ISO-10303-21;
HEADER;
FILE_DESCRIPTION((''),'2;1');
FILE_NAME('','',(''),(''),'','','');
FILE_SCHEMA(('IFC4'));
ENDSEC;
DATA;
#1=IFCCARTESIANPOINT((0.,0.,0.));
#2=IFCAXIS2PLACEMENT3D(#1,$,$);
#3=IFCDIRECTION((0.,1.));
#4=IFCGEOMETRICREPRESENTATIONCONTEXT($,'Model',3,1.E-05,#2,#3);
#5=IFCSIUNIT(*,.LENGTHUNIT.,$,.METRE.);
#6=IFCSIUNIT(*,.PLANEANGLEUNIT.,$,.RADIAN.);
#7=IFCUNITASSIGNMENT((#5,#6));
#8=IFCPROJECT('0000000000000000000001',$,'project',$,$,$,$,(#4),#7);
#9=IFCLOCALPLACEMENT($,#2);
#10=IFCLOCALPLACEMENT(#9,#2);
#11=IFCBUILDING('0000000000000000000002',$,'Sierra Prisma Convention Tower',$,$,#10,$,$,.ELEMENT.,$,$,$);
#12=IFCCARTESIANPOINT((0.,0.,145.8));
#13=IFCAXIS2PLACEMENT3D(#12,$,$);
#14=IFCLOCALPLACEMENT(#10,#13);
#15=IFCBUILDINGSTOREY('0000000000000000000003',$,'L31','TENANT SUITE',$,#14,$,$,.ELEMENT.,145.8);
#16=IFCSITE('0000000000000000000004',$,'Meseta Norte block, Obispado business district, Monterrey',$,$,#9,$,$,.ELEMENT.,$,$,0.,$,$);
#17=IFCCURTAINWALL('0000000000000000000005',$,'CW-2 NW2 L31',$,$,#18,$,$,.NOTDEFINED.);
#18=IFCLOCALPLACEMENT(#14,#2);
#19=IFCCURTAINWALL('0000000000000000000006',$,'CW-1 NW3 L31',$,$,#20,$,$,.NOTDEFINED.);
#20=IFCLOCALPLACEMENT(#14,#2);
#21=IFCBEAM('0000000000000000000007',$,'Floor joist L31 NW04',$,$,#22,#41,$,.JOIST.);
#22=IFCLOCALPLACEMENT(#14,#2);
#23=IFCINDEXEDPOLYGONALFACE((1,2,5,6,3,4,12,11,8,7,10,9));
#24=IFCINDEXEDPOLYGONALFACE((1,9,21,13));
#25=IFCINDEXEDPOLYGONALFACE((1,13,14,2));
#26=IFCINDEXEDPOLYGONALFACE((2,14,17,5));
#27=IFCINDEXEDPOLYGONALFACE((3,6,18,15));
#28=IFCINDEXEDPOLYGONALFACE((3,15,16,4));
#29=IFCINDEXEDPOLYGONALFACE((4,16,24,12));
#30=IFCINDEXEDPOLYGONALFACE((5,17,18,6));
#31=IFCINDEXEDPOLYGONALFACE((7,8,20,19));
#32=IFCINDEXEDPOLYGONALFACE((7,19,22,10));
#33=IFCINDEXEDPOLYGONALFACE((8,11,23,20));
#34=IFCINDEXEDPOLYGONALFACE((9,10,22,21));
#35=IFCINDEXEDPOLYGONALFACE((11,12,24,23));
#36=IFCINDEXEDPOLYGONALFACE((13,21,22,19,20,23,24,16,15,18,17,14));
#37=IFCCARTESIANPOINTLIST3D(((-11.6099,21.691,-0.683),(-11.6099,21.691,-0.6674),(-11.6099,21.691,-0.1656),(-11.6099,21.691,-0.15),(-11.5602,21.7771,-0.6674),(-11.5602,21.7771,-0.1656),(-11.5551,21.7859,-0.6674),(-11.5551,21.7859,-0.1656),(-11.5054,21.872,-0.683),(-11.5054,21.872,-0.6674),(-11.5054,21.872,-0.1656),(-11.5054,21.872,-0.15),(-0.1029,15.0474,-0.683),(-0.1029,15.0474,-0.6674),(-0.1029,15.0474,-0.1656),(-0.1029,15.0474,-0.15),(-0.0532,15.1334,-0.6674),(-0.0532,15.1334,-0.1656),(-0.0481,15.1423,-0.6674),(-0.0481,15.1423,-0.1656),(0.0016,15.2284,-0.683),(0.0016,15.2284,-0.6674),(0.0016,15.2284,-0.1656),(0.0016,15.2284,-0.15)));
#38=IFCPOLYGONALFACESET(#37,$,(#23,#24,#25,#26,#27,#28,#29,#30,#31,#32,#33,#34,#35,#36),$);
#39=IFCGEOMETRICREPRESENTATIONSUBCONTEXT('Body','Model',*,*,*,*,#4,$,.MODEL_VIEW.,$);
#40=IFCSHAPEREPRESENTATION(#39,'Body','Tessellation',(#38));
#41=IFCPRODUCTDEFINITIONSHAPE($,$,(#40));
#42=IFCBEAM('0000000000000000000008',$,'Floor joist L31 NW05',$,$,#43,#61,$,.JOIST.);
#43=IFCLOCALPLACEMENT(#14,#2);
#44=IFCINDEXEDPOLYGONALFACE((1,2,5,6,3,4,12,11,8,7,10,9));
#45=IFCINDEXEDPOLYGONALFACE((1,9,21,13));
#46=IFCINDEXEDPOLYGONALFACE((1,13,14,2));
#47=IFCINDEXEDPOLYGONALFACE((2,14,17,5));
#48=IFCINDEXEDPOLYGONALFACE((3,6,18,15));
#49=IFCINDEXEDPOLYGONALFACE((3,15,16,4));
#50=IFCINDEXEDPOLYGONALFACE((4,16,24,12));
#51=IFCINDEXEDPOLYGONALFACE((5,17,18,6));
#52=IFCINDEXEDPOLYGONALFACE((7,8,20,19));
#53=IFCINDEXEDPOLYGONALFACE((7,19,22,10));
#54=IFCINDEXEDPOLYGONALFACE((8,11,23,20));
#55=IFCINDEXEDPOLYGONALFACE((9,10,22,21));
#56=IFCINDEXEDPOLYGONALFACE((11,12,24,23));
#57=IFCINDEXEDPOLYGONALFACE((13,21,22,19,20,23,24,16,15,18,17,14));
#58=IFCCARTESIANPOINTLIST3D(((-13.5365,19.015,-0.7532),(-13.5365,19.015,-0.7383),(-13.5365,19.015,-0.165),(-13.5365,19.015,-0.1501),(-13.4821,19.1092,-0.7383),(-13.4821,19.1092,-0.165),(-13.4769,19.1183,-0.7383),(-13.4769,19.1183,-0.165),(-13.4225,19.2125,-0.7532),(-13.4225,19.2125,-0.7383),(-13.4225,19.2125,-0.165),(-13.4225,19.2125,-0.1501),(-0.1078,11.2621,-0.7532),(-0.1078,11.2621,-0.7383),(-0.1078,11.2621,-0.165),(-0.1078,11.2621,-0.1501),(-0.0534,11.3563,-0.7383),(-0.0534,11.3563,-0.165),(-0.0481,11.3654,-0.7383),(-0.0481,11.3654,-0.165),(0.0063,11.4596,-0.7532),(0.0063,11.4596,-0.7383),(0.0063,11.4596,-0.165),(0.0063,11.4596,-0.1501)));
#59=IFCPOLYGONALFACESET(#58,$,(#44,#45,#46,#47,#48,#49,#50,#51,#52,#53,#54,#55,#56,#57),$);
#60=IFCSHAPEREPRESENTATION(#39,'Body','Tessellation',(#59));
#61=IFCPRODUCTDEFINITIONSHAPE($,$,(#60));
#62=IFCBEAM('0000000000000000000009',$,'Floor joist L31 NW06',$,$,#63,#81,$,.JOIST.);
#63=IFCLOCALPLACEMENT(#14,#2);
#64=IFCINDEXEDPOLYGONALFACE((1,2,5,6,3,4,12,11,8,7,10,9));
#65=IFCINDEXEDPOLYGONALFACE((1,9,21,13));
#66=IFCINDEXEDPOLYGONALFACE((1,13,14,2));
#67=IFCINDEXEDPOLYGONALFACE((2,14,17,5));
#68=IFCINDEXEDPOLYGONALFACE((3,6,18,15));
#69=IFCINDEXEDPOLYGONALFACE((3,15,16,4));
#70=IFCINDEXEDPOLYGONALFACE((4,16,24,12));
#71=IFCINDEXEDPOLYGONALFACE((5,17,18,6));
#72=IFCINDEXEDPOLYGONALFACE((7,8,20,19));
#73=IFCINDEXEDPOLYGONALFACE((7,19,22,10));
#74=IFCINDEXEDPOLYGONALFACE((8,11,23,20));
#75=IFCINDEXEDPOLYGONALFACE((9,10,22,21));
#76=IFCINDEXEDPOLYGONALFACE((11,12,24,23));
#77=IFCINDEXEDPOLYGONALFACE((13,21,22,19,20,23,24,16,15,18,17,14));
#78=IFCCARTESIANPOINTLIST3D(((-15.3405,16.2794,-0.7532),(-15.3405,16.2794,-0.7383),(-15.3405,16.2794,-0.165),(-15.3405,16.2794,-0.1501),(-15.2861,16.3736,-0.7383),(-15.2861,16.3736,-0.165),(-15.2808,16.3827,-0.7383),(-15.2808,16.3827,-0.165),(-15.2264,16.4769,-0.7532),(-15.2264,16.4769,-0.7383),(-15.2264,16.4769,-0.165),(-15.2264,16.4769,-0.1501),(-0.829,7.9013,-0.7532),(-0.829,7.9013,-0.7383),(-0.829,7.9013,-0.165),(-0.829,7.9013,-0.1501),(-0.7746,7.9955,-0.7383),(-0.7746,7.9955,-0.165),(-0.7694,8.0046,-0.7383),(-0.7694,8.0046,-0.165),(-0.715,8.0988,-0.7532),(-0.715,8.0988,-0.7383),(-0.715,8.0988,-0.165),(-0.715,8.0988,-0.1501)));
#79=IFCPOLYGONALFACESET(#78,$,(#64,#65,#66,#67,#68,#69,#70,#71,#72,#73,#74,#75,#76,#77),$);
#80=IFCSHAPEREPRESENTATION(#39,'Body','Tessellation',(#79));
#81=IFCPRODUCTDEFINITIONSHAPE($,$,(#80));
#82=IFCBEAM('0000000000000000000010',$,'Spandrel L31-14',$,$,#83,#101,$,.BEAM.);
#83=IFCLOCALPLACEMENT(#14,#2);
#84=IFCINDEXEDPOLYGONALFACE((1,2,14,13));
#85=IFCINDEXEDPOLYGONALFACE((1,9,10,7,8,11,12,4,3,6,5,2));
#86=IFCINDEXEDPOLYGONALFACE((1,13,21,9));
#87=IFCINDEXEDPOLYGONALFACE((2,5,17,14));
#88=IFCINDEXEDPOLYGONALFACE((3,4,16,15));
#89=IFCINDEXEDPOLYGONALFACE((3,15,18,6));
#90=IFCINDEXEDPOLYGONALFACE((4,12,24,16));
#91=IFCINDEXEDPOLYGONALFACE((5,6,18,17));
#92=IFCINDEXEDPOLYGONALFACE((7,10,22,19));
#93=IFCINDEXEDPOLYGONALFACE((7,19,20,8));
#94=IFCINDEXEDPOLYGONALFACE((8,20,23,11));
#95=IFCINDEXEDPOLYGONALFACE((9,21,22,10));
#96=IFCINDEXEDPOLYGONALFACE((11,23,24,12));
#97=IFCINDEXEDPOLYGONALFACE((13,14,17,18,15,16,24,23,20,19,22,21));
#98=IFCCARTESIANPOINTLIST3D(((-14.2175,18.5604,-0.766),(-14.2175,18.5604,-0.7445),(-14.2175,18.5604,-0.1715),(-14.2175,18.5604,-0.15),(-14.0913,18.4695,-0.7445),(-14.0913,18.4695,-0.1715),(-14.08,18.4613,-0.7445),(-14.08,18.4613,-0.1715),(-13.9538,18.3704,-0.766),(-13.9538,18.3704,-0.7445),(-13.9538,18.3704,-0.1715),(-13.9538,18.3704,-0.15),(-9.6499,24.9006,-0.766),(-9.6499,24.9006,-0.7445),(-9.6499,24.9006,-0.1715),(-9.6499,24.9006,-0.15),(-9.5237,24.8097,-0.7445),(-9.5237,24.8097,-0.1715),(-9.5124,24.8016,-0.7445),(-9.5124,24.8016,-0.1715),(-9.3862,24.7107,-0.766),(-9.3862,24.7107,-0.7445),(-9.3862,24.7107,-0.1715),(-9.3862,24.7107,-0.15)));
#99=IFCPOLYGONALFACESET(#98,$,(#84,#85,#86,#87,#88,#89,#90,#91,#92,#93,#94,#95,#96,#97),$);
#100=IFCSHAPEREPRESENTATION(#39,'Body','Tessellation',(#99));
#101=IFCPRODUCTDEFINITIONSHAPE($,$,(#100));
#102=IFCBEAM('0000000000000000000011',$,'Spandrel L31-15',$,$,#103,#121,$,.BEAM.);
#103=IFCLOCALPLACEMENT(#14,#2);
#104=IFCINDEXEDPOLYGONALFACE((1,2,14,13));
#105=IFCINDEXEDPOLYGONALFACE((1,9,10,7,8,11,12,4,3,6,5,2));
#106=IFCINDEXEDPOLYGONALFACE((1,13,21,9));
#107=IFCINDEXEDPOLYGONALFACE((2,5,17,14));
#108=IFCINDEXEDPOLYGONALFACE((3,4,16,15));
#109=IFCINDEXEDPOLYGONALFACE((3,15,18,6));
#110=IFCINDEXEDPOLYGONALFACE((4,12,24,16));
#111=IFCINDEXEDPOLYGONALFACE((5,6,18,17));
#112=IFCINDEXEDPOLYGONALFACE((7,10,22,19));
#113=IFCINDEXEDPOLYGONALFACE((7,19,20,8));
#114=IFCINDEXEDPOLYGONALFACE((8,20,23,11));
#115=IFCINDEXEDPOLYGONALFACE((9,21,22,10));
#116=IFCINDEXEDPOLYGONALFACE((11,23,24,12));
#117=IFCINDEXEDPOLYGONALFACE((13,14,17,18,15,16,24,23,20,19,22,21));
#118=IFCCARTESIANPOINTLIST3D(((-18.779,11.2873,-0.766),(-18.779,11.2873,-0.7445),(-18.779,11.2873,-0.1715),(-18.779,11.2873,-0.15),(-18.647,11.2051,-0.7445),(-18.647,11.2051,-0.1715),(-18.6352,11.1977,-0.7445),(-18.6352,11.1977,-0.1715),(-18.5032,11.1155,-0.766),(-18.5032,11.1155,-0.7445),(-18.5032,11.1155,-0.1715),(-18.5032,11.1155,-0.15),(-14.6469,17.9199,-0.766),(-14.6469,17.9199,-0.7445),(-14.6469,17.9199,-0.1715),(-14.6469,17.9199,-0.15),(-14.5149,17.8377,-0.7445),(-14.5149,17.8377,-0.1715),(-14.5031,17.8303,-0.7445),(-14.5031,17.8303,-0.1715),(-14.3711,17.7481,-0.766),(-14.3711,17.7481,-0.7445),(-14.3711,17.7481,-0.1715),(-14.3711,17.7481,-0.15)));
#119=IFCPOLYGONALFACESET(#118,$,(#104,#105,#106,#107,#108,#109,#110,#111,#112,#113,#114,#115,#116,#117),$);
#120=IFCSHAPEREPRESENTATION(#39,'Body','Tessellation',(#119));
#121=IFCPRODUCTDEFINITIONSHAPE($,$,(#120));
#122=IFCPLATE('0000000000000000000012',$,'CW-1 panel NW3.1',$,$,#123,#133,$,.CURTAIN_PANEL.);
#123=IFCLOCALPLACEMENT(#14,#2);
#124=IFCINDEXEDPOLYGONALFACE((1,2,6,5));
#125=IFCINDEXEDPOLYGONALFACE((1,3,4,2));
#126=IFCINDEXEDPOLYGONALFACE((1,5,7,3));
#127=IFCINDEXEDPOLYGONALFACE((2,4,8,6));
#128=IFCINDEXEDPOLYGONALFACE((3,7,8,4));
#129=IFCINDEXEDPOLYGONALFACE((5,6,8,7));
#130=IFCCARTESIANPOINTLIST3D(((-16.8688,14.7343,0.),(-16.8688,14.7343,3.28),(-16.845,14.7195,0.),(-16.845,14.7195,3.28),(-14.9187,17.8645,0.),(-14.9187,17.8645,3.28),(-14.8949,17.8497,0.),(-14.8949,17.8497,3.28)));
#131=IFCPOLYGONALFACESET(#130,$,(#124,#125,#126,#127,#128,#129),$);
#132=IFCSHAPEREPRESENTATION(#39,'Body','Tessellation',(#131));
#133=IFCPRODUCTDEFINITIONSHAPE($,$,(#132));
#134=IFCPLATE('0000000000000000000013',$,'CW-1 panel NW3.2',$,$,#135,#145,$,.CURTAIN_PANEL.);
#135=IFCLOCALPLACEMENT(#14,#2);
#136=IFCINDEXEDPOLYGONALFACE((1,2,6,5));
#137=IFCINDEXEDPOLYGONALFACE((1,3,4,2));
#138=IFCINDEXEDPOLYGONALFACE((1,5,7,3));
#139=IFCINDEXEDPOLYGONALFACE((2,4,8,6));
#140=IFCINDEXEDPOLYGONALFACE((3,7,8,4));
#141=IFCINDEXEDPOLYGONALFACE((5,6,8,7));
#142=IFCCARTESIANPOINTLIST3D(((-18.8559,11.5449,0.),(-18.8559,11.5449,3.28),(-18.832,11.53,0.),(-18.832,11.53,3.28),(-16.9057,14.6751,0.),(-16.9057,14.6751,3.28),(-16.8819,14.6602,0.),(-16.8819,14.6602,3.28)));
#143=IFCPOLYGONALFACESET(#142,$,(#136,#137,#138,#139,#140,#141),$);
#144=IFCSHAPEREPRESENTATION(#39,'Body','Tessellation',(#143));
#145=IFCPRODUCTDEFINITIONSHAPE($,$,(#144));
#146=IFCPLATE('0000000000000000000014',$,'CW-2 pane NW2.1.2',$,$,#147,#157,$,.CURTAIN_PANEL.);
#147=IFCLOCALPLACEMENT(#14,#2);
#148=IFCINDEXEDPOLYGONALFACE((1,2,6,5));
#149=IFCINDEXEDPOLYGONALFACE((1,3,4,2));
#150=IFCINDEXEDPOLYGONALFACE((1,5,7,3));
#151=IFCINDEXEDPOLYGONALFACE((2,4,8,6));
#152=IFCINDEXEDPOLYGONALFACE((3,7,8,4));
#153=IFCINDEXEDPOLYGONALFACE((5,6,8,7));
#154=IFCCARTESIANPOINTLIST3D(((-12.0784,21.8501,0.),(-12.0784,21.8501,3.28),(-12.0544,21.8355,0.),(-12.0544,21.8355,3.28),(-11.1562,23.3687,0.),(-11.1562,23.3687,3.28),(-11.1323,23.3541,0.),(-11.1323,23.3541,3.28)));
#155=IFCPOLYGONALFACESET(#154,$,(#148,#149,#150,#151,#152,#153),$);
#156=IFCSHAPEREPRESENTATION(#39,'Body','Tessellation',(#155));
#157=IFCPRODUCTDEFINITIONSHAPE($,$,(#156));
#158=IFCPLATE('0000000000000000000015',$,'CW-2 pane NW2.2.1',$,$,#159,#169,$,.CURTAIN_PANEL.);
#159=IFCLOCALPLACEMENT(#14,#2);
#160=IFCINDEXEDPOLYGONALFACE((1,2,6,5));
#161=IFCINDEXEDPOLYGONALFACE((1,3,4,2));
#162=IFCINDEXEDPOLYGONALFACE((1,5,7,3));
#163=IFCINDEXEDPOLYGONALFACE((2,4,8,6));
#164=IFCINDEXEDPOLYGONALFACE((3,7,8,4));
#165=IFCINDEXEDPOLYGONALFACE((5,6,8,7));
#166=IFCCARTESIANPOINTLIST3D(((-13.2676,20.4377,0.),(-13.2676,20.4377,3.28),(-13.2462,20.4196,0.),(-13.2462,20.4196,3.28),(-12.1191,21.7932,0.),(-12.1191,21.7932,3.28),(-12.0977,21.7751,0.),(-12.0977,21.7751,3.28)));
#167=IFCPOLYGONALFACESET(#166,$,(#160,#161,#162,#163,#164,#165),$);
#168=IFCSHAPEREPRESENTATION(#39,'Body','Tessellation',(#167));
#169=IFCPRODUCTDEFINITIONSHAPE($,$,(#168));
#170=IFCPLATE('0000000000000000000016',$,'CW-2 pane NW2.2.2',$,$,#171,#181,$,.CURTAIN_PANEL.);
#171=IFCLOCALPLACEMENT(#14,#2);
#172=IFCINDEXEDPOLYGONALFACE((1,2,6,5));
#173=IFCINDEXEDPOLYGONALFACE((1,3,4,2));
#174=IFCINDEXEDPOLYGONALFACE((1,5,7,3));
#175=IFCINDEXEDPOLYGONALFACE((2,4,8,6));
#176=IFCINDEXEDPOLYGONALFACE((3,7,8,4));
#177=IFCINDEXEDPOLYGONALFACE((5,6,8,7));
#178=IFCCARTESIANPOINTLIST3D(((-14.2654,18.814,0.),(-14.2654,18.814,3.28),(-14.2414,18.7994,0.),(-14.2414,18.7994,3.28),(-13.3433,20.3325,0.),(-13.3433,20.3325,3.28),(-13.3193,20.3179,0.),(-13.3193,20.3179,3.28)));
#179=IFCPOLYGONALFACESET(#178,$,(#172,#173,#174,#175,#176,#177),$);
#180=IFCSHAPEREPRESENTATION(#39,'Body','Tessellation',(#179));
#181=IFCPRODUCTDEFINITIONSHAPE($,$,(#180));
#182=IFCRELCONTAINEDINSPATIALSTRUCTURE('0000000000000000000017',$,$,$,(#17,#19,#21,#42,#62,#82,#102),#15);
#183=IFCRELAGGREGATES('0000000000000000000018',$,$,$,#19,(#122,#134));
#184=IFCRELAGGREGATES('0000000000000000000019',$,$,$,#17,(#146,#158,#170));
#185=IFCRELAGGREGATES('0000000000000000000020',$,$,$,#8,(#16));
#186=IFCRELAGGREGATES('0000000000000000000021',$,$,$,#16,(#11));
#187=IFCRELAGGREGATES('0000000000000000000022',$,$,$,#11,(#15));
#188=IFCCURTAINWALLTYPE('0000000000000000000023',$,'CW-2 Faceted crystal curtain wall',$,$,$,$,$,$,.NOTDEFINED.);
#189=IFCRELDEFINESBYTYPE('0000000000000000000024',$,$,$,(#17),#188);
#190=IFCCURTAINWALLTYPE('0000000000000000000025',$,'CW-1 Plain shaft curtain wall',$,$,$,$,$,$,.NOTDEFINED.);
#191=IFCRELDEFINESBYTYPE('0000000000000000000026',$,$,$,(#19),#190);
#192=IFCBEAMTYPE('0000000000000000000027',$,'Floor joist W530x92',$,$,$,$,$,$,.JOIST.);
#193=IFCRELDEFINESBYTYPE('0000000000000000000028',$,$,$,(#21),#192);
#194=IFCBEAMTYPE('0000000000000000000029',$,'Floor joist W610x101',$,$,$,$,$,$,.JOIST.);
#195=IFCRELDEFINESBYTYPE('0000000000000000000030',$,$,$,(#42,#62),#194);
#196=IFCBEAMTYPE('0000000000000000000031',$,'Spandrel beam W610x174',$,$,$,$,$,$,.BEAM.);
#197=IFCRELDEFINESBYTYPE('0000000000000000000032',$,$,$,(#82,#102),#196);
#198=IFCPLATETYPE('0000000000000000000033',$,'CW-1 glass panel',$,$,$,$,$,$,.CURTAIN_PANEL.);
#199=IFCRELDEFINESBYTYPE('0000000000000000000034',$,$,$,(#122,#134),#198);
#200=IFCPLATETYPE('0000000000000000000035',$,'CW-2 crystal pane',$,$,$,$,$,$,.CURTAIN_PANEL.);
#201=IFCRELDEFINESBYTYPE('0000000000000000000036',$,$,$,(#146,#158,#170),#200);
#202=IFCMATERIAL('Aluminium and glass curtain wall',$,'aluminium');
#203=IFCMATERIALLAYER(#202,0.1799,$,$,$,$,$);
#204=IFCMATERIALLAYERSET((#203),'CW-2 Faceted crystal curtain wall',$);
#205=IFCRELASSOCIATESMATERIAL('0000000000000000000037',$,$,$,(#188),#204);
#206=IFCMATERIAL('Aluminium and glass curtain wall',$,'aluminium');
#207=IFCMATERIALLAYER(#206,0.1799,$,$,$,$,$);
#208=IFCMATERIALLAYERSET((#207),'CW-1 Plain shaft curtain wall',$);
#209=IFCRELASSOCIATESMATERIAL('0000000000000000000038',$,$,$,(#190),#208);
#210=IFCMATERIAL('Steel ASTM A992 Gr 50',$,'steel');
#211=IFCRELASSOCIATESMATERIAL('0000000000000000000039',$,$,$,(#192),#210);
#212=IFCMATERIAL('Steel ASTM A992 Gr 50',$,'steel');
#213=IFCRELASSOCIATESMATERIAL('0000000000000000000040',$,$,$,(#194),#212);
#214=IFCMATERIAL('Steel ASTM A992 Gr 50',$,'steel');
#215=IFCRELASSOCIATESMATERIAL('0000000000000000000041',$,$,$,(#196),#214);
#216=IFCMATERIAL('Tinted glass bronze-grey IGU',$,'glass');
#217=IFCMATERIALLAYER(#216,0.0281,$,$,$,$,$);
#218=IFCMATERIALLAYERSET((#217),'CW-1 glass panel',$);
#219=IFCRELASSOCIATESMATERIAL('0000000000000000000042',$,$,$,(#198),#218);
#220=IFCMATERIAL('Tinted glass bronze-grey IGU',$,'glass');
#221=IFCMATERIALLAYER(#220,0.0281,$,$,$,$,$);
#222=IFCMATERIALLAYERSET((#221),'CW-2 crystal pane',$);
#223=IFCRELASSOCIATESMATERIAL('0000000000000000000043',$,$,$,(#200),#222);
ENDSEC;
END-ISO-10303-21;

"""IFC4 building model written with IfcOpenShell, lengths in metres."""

from ifc_helpers import new_model, si_unit, direction, frame, origin, origin_2d, place, context, subcontext, project, spatial, polyline, rectangle, i_section, outline, extrude, material, layer, layer_set, material_profile, profile_set, type_object, element, aggregate, save


model = new_model("IFC4")

# Units and contexts
model_context = context("Model", 3, precision=1e-05, world=origin(), true_north=direction((0.0, 1.0)))
body_context = subcontext(model_context, "Body", "Model", "MODEL_VIEW")
ifc_project = project(units=[si_unit("LENGTHUNIT", "METRE"), si_unit("PLANEANGLEUNIT", "RADIAN")], contexts=[model_context])

# Site, building, storey
site_placement = place(None, origin())
site = spatial("IfcSite", under=ifc_project, at=site_placement, Name="Meseta Norte block, Obispado business district, Monterrey", CompositionType="ELEMENT", RefElevation=0.0)
building_placement = place(site_placement, origin())
building = spatial("IfcBuilding", under=site, at=building_placement, Name="Sierra Prisma Convention Tower", CompositionType="ELEMENT")
storey_placement = place(building_placement, frame((0.0, 0.0, 145.8)))
storey = spatial("IfcBuildingStorey", under=building, at=storey_placement, Name="L31", Description="TENANT SUITE", CompositionType="ELEMENT", Elevation=145.8)

# Curtain walls
ifc_material_1 = material(Name="Aluminium and glass curtain wall", Category="aluminium")
ifc_layer_1 = layer(ifc_material_1, 0.1799)
ifc_layer_set_1 = layer_set([ifc_layer_1], Name="CW-2 Faceted crystal curtain wall")
curtain_wall_type_1 = type_object("IfcCurtainWallType", Name="CW-2 Faceted crystal curtain wall", PredefinedType="NOTDEFINED", material=ifc_layer_set_1)
curtain_wall_1_placement = place(storey_placement, origin())
curtain_wall_1 = element("IfcCurtainWall", 1, at=curtain_wall_1_placement, inside=storey, type_object=curtain_wall_type_1, Name="CW-2 NW2 L31", PredefinedType="NOTDEFINED")
ifc_material_2 = material(Name="Aluminium and glass curtain wall", Category="aluminium")
ifc_layer_2 = layer(ifc_material_2, 0.1799)
ifc_layer_set_2 = layer_set([ifc_layer_2], Name="CW-1 Plain shaft curtain wall")
curtain_wall_type_2 = type_object("IfcCurtainWallType", Name="CW-1 Plain shaft curtain wall", PredefinedType="NOTDEFINED", material=ifc_layer_set_2)
curtain_wall_2_placement = place(storey_placement, origin())
curtain_wall_2 = element("IfcCurtainWall", 2, at=curtain_wall_2_placement, inside=storey, type_object=curtain_wall_type_2, Name="CW-1 NW3 L31", PredefinedType="NOTDEFINED")

# Beams
ifc_material_3 = material(Name="Steel ASTM A992 Gr 50", Category="steel")
ifc_material_profile_1 = material_profile(ifc_material_3, i_section(OverallWidth=0.209, OverallDepth=0.533, WebThickness=0.0103, FlangeThickness=0.0156, at=origin_2d()), Name="W530x92")
ifc_profile_set_1 = profile_set([ifc_material_profile_1], Name="Steel ASTM A992 Gr 50")
beam_type_1 = type_object("IfcBeamType", Name="Floor joist W530x92", PredefinedType="JOIST", material=ifc_profile_set_1)
beam_1_placement = place(storey_placement, frame((-11.5576, 21.7815, -0.4165), z_axis=(0.866023, -0.500005, 0.0), x_axis=(0.500005, 0.866023, 0.0)))
element("IfcBeam", 3, at=beam_1_placement, inside=storey, type_object=beam_type_1, Name="Floor joist L31 NW04", PredefinedType="JOIST", context=body_context, shape_type="SweptSolid", body=[
    extrude(i_section(OverallWidth=0.209, OverallDepth=0.533, WebThickness=0.0103, FlangeThickness=0.0156, at=origin_2d()), origin(), (0.0, 0.0, 1.0), 13.2871),
])
ifc_material_4 = material(Name="Steel ASTM A992 Gr 50", Category="steel")
ifc_material_profile_2 = material_profile(ifc_material_4, i_section(OverallWidth=0.228, OverallDepth=0.603, WebThickness=0.0105, FlangeThickness=0.0149, at=origin_2d()), Name="W610x101")
ifc_profile_set_2 = profile_set([ifc_material_profile_2], Name="Steel ASTM A992 Gr 50")
beam_type_2 = type_object("IfcBeamType", Name="Floor joist W610x101", PredefinedType="JOIST", material=ifc_profile_set_2)
beam_2_placement = place(storey_placement, frame((-13.4795, 19.1138, -0.4517), z_axis=(0.866029, -0.499993, 0.0), x_axis=(0.499993, 0.866029, 0.0)))
element("IfcBeam", 4, at=beam_2_placement, inside=storey, type_object=beam_type_2, Name="Floor joist L31 NW05", PredefinedType="JOIST", context=body_context, shape_type="SweptSolid", body=[
    extrude(i_section(OverallWidth=0.228, OverallDepth=0.603, WebThickness=0.0105, FlangeThickness=0.0149, at=origin_2d()), origin(), (0.0, 0.0, 1.0), 15.5061),
])
beam_3_placement = place(storey_placement, frame((-15.2834, 16.3782, -0.4517), z_axis=(0.866026, -0.499999, 0.0), x_axis=(0.499999, 0.866026, 0.0)))
element("IfcBeam", 5, at=beam_3_placement, inside=storey, type_object=beam_type_2, Name="Floor joist L31 NW06", PredefinedType="JOIST", context=body_context, shape_type="SweptSolid", body=[
    extrude(i_section(OverallWidth=0.228, OverallDepth=0.603, WebThickness=0.0105, FlangeThickness=0.0149, at=origin_2d()), origin(), (0.0, 0.0, 1.0), 16.7563),
])
ifc_material_5 = material(Name="Steel ASTM A992 Gr 50", Category="steel")
ifc_material_profile_3 = material_profile(ifc_material_5, i_section(OverallWidth=0.325, OverallDepth=0.616, WebThickness=0.0139, FlangeThickness=0.0215, at=origin_2d()), Name="W610x174")
ifc_profile_set_3 = profile_set([ifc_material_profile_3], Name="Steel ASTM A992 Gr 50")
beam_type_3 = type_object("IfcBeamType", Name="Spandrel beam W610x174", PredefinedType="BEAM", material=ifc_profile_set_3)
beam_4_placement = place(storey_placement, frame((-9.5181, 24.8057, -0.458), z_axis=(-0.584523, -0.811377, 0.0), x_axis=(0.811377, -0.584523, 0.0)))
element("IfcBeam", 6, at=beam_4_placement, inside=storey, type_object=beam_type_3, Name="Spandrel L31-14", PredefinedType="BEAM", context=body_context, shape_type="SweptSolid", body=[
    extrude(i_section(OverallWidth=0.325, OverallDepth=0.616, WebThickness=0.0139, FlangeThickness=0.0215, at=origin_2d()), origin(), (0.0, 0.0, 1.0), 7.8142),
])
beam_5_placement = place(storey_placement, frame((-14.509, 17.834, -0.458), z_axis=(-0.528777, -0.848761, 0.0), x_axis=(0.848761, -0.528777, 0.0)))
element("IfcBeam", 7, at=beam_5_placement, inside=storey, type_object=beam_type_3, Name="Spandrel L31-15", PredefinedType="BEAM", context=body_context, shape_type="SweptSolid", body=[
    extrude(i_section(OverallWidth=0.325, OverallDepth=0.616, WebThickness=0.0139, FlangeThickness=0.0215, at=origin_2d()), origin(), (0.0, 0.0, 1.0), 7.8145),
])

# Plates
ifc_material_6 = material(Name="Tinted glass bronze-grey IGU", Category="glass")
ifc_layer_3 = layer(ifc_material_6, 0.0281)
ifc_layer_set_3 = layer_set([ifc_layer_3], Name="CW-1 glass panel")
plate_type_1 = type_object("IfcPlateType", Name="CW-1 glass panel", PredefinedType="CURTAIN_PANEL", material=ifc_layer_set_3)
plate_1_placement = place(storey_placement, frame((-15.8818, 16.292, 0.0), z_axis=(0.0, 0.0, 1.0), x_axis=(-0.528779, -0.848759, 0.0)))
plate_1 = element("IfcPlate", 8, at=plate_1_placement, type_object=plate_type_1, Name="CW-1 panel NW3.1", PredefinedType="CURTAIN_PANEL", context=body_context, shape_type="SweptSolid", body=[
    extrude(rectangle(XDim=3.688, YDim=0.0281, at=origin_2d()), origin(), (0.0, 0.0, 1.0), 3.28),
])
plate_2_placement = place(storey_placement, frame((-17.8689, 13.1025, 0.0), z_axis=(0.0, 0.0, 1.0), x_axis=(-0.528779, -0.848759, 0.0)))
plate_2 = element("IfcPlate", 9, at=plate_2_placement, type_object=plate_type_1, Name="CW-1 panel NW3.2", PredefinedType="CURTAIN_PANEL", context=body_context, shape_type="SweptSolid", body=[
    extrude(rectangle(XDim=3.688, YDim=0.0281, at=origin_2d()), origin(), (0.0, 0.0, 1.0), 3.28),
])
aggregate(curtain_wall_2, [plate_1, plate_2])
ifc_material_7 = material(Name="Tinted glass bronze-grey IGU", Category="glass")
ifc_layer_4 = layer(ifc_material_7, 0.0281)
ifc_layer_set_4 = layer_set([ifc_layer_4], Name="CW-2 crystal pane")
plate_type_2 = type_object("IfcPlateType", Name="CW-2 crystal pane", PredefinedType="CURTAIN_PANEL", material=ifc_layer_set_4)
plate_3_placement = place(storey_placement, frame((-12.0784, 21.8501, 0.0), z_axis=(-0.854753, 0.519036, 0.0), x_axis=(0.519036, 0.854753, 0.0)))
plate_3 = element("IfcPlate", 10, at=plate_3_placement, type_object=plate_type_2, Name="CW-2 pane NW2.1.2", PredefinedType="CURTAIN_PANEL", context=body_context, shape_type="SweptSolid", body=[
    extrude(outline(polyline([(0.0, 0.0), (1.7766, 0.0), (1.7766, -3.28), (0.0, -3.28), (0.0, 0.0)])), origin(), (0.0, 0.0, -1.0), 0.0281),
])
plate_4_placement = place(storey_placement, frame((-12.1191, 21.7932, 0.0), z_axis=(-0.762969, 0.646435, 0.0), x_axis=(-0.646435, -0.762969, 0.0)))
plate_4 = element("IfcPlate", 11, at=plate_4_placement, type_object=plate_type_2, Name="CW-2 pane NW2.2.1", PredefinedType="CURTAIN_PANEL", context=body_context, shape_type="SweptSolid", body=[
    extrude(outline(polyline([(0.0, 0.0), (1.7766, 0.0), (1.7766, 3.28), (0.0, 3.28), (0.0, 0.0)])), origin(), (0.0, 0.0, -1.0), 0.0281),
])
plate_5_placement = place(storey_placement, frame((-14.2654, 18.814, 0.0), z_axis=(-0.854753, 0.519036, 0.0), x_axis=(0.519036, 0.854753, 0.0)))
plate_5 = element("IfcPlate", 12, at=plate_5_placement, type_object=plate_type_2, Name="CW-2 pane NW2.2.2", PredefinedType="CURTAIN_PANEL", context=body_context, shape_type="SweptSolid", body=[
    extrude(outline(polyline([(0.0, 0.0), (1.7766, 0.0), (1.7766, -3.28), (0.0, -3.28), (0.0, 0.0)])), origin(), (0.0, 0.0, -1.0), 0.0281),
])
aggregate(curtain_wall_1, [plate_3, plate_4, plate_5])

save(model, "model.ifc")
